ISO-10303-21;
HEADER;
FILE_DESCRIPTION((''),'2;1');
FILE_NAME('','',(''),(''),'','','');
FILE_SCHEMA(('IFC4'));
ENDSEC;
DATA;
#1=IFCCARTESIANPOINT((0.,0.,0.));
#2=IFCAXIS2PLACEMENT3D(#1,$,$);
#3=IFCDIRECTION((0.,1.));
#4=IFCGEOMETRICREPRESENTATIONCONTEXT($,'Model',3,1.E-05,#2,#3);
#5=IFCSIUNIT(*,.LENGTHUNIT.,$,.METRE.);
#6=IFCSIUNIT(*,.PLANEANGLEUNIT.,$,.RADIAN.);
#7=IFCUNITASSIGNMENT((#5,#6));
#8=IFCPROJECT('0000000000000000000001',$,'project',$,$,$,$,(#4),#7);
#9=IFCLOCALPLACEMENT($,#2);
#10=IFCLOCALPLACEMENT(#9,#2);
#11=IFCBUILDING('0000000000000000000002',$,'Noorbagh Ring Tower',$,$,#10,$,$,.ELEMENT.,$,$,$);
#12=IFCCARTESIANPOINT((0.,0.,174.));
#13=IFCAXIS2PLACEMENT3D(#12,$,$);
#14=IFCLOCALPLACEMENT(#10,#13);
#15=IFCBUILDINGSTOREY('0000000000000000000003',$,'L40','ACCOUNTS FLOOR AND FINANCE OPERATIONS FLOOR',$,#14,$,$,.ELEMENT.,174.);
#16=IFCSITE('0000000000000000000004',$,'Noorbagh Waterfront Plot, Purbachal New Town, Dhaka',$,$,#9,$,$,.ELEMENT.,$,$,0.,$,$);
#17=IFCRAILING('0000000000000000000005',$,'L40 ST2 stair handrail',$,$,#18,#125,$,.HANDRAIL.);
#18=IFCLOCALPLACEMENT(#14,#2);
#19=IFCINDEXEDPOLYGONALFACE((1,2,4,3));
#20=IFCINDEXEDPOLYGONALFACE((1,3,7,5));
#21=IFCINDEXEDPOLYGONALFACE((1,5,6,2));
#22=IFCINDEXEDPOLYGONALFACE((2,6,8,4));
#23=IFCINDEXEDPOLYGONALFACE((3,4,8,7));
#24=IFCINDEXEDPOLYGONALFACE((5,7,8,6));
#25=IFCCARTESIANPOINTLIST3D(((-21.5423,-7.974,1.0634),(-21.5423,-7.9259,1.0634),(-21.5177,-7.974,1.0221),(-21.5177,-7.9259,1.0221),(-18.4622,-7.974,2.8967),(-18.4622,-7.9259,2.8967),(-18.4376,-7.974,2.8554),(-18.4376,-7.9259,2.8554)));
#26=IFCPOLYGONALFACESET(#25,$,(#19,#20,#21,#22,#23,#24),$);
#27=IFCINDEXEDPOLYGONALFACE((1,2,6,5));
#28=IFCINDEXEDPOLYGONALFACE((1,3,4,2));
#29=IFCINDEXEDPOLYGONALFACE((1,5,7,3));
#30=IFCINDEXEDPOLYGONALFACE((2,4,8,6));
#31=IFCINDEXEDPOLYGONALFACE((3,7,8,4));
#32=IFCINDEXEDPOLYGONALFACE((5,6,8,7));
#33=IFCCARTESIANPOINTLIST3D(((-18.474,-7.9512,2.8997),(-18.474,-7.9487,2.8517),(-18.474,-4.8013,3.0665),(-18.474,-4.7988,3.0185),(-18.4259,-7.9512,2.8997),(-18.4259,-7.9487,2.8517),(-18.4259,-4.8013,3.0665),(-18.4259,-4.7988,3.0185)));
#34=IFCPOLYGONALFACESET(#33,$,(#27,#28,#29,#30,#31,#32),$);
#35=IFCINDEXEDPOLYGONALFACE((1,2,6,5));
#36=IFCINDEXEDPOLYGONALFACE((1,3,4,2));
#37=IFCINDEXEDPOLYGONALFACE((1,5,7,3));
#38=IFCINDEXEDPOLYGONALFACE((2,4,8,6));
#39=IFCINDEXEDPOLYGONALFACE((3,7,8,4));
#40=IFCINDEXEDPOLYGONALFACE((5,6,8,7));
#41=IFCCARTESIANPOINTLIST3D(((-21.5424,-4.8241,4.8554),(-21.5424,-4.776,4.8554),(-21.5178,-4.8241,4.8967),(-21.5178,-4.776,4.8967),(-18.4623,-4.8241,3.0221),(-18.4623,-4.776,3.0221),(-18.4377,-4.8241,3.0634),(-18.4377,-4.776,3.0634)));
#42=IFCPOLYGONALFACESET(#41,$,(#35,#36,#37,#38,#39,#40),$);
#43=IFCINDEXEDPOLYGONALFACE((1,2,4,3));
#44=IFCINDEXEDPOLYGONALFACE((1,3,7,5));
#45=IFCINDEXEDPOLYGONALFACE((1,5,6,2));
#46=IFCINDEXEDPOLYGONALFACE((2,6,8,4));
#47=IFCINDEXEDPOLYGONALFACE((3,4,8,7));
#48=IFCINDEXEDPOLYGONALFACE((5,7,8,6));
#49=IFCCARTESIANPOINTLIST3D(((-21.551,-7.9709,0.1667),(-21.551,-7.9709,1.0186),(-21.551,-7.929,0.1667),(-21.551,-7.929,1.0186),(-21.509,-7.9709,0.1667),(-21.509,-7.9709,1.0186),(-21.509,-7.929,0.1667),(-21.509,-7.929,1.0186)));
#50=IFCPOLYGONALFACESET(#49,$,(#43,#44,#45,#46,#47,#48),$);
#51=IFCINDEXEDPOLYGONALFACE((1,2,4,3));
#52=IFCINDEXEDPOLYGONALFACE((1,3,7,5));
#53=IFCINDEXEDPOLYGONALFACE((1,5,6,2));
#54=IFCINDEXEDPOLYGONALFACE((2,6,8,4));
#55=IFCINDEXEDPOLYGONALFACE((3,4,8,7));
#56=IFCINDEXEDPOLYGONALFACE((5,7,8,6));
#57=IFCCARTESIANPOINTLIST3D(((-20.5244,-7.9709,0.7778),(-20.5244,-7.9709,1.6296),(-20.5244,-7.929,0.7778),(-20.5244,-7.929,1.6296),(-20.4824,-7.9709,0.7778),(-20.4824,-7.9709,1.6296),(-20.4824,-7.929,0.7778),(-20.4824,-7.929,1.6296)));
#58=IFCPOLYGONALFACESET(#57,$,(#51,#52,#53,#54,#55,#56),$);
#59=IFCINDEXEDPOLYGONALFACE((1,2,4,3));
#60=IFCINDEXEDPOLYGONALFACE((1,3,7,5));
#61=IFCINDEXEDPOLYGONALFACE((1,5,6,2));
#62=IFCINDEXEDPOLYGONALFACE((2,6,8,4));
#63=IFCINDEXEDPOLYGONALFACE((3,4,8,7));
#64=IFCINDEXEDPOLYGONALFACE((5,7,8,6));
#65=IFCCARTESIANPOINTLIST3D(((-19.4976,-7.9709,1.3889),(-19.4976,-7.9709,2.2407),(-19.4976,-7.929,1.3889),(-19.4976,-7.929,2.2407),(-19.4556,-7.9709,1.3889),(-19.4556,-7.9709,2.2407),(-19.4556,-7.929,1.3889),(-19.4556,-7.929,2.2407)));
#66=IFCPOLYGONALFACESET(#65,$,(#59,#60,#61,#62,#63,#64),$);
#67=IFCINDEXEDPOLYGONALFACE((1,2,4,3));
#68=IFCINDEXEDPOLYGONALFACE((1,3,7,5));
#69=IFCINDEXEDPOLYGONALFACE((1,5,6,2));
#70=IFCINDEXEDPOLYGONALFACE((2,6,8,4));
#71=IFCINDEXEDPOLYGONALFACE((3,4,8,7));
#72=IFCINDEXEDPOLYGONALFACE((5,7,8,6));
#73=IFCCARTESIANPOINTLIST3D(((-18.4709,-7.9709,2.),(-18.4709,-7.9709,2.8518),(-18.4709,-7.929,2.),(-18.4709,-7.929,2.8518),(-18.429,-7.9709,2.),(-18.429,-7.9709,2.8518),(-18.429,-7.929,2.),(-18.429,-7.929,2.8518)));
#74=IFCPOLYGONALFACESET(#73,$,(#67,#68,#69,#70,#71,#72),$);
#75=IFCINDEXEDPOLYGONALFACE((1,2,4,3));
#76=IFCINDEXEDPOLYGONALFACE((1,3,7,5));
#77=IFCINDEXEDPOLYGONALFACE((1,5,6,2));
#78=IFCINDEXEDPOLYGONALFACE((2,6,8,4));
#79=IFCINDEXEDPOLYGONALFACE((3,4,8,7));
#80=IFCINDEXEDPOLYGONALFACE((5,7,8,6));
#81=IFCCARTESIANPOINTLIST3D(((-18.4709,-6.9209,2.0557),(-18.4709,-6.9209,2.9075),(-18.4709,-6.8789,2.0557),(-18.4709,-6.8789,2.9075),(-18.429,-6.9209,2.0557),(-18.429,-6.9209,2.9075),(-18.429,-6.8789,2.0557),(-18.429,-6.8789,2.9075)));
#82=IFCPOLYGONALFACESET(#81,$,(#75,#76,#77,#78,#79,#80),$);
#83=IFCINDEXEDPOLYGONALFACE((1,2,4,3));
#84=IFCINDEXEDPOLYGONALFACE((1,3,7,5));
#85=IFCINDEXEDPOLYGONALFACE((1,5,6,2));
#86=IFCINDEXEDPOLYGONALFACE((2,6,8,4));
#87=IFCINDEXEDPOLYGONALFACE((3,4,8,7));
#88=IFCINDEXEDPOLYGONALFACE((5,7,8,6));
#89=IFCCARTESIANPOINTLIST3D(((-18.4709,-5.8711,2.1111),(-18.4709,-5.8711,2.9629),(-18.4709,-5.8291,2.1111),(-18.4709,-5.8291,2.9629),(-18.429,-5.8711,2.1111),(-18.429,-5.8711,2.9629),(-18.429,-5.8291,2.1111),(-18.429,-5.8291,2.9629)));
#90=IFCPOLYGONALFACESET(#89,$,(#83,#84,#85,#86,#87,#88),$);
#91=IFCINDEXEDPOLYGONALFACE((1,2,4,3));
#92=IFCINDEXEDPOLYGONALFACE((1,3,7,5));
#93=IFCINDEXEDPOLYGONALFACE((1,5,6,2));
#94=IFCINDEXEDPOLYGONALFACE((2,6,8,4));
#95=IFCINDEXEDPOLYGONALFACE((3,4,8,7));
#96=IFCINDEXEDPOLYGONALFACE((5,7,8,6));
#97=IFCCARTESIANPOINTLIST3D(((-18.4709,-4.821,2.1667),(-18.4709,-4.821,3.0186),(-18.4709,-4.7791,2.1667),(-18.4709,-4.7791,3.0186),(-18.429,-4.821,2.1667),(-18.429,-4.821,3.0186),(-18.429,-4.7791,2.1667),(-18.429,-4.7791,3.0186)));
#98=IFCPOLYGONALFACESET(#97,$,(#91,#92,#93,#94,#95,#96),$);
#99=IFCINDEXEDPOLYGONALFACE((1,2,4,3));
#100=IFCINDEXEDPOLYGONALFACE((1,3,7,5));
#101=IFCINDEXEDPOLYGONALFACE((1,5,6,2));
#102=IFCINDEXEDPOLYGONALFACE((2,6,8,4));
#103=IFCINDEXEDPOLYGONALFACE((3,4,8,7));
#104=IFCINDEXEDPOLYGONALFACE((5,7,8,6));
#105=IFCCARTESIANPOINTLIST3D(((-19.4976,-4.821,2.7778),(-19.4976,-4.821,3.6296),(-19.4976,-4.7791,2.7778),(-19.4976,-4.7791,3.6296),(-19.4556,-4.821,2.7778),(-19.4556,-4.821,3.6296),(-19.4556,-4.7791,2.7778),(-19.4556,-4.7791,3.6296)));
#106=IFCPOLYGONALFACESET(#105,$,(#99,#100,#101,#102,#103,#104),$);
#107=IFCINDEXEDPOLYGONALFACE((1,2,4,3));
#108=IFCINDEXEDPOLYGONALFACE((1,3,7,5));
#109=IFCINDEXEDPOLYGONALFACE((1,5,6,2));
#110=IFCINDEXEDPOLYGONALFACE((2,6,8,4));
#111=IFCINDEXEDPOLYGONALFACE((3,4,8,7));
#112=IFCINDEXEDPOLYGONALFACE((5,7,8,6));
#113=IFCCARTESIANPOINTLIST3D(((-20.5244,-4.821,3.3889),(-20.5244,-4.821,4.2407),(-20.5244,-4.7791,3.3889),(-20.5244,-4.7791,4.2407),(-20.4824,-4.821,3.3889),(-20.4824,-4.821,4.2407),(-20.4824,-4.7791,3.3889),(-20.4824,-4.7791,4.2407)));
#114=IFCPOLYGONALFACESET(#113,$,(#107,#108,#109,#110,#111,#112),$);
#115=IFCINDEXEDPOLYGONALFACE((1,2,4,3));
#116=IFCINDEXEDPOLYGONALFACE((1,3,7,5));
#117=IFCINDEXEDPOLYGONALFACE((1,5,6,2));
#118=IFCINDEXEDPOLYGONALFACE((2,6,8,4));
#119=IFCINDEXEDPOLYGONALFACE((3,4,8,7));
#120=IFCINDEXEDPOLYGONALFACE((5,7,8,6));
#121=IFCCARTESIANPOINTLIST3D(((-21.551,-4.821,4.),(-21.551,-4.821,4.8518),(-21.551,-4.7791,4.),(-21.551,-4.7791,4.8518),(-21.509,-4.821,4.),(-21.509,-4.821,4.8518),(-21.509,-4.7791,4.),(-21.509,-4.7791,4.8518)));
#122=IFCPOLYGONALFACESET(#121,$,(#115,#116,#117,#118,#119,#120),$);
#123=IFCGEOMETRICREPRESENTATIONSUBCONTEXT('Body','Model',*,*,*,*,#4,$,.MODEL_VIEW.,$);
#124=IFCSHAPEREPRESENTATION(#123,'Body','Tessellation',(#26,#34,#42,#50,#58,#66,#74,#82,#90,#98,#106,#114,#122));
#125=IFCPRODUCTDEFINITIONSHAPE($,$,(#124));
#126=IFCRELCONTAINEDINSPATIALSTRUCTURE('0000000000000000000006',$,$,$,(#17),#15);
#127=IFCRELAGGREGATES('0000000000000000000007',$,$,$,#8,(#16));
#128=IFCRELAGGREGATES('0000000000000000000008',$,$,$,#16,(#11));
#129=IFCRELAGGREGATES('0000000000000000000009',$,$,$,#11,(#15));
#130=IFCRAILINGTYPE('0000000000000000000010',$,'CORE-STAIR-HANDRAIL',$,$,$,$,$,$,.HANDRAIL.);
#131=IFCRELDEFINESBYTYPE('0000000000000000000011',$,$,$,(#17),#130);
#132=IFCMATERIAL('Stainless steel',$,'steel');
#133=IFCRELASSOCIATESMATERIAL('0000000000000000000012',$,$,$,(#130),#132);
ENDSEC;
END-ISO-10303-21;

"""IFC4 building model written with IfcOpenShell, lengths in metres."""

from ifc_helpers import new_model, si_unit, direction, frame, origin, origin_2d, place, context, subcontext, project, spatial, rectangle, extrude, material, type_object, element, save


model = new_model("IFC4")

# Units and contexts
model_context = context("Model", 3, precision=1e-05, world=origin(), true_north=direction((0.0, 1.0)))
body_context = subcontext(model_context, "Body", "Model", "MODEL_VIEW")
ifc_project = project(units=[si_unit("LENGTHUNIT", "METRE"), si_unit("PLANEANGLEUNIT", "RADIAN")], contexts=[model_context])

# Site, building, storey
site_placement = place(None, origin())
site = spatial("IfcSite", under=ifc_project, at=site_placement, Name="Noorbagh Waterfront Plot, Purbachal New Town, Dhaka", CompositionType="ELEMENT", RefElevation=0.0)
building_placement = place(site_placement, origin())
building = spatial("IfcBuilding", under=site, at=building_placement, Name="Noorbagh Ring Tower", CompositionType="ELEMENT")
storey_placement = place(building_placement, frame((0.0, 0.0, 174.0)))
storey = spatial("IfcBuildingStorey", under=building, at=storey_placement, Name="L40", Description="ACCOUNTS FLOOR AND FINANCE OPERATIONS FLOOR", CompositionType="ELEMENT", Elevation=174.0)

# Railing
ifc_material_1 = material(Name="Stainless steel", Category="steel")
railing_type_1 = type_object("IfcRailingType", Name="CORE-STAIR-HANDRAIL", PredefinedType="HANDRAIL", material=ifc_material_1)
railing_1_placement = place(storey_placement, frame((-21.53, -7.95, 0.1667)))
element("IfcRailing", 1, at=railing_1_placement, inside=storey, type_object=railing_type_1, Name="L40 ST2 stair handrail", PredefinedType="HANDRAIL", context=body_context, shape_type="SweptSolid", body=[
    extrude(rectangle(XDim=0.0481, YDim=0.0481, at=origin_2d()), frame((0.0, 0.0, 0.876), z_axis=(0.859309, 0.0, 0.511458), x_axis=(0.0, 1.0, 0.0)), (0.0, 0.0, 1.0), 3.5845),
    extrude(rectangle(XDim=0.0481, YDim=0.0481, at=origin_2d()), frame((3.0801, 0.0, 2.709), z_axis=(0.0, 0.998602, 0.052864), x_axis=(-1.0, 0.0, 0.0)), (0.0, 0.0, 1.0), 3.1543),
    extrude(rectangle(XDim=0.0481, YDim=0.0481, at=origin_2d()), frame((3.0801, 3.1499, 2.876), z_axis=(-0.859309, 0.0, 0.511458), x_axis=(0.0, -1.0, 0.0)), (0.0, 0.0, 1.0), 3.5845),
    extrude(rectangle(XDim=0.042, YDim=0.042, at=origin_2d()), origin(), (0.0, 0.0, 1.0), 0.8518),
    extrude(rectangle(XDim=0.042, YDim=0.042, at=origin_2d()), frame((1.0266, 0.0, 0.6111)), (0.0, 0.0, 1.0), 0.8518),
    extrude(rectangle(XDim=0.042, YDim=0.042, at=origin_2d()), frame((2.0535, 0.0, 1.2222)), (0.0, 0.0, 1.0), 0.8518),
    extrude(rectangle(XDim=0.042, YDim=0.042, at=origin_2d()), frame((3.0801, 0.0, 1.8333)), (0.0, 0.0, 1.0), 0.8518),
    extrude(rectangle(XDim=0.042, YDim=0.042, at=origin_2d()), frame((3.0801, 1.05, 1.8889)), (0.0, 0.0, 1.0), 0.8518),
    extrude(rectangle(XDim=0.042, YDim=0.042, at=origin_2d()), frame((3.0801, 2.0999, 1.9443)), (0.0, 0.0, 1.0), 0.8518),
    extrude(rectangle(XDim=0.042, YDim=0.042, at=origin_2d()), frame((3.0801, 3.1499, 2.0)), (0.0, 0.0, 1.0), 0.8518),
    extrude(rectangle(XDim=0.042, YDim=0.042, at=origin_2d()), frame((2.0535, 3.1499, 2.6111)), (0.0, 0.0, 1.0), 0.8518),
    extrude(rectangle(XDim=0.042, YDim=0.042, at=origin_2d()), frame((1.0266, 3.1499, 3.2222)), (0.0, 0.0, 1.0), 0.8518),
    extrude(rectangle(XDim=0.042, YDim=0.042, at=origin_2d()), frame((0.0, 3.1499, 3.8333)), (0.0, 0.0, 1.0), 0.8518),
])

save(model, "model.ifc")
